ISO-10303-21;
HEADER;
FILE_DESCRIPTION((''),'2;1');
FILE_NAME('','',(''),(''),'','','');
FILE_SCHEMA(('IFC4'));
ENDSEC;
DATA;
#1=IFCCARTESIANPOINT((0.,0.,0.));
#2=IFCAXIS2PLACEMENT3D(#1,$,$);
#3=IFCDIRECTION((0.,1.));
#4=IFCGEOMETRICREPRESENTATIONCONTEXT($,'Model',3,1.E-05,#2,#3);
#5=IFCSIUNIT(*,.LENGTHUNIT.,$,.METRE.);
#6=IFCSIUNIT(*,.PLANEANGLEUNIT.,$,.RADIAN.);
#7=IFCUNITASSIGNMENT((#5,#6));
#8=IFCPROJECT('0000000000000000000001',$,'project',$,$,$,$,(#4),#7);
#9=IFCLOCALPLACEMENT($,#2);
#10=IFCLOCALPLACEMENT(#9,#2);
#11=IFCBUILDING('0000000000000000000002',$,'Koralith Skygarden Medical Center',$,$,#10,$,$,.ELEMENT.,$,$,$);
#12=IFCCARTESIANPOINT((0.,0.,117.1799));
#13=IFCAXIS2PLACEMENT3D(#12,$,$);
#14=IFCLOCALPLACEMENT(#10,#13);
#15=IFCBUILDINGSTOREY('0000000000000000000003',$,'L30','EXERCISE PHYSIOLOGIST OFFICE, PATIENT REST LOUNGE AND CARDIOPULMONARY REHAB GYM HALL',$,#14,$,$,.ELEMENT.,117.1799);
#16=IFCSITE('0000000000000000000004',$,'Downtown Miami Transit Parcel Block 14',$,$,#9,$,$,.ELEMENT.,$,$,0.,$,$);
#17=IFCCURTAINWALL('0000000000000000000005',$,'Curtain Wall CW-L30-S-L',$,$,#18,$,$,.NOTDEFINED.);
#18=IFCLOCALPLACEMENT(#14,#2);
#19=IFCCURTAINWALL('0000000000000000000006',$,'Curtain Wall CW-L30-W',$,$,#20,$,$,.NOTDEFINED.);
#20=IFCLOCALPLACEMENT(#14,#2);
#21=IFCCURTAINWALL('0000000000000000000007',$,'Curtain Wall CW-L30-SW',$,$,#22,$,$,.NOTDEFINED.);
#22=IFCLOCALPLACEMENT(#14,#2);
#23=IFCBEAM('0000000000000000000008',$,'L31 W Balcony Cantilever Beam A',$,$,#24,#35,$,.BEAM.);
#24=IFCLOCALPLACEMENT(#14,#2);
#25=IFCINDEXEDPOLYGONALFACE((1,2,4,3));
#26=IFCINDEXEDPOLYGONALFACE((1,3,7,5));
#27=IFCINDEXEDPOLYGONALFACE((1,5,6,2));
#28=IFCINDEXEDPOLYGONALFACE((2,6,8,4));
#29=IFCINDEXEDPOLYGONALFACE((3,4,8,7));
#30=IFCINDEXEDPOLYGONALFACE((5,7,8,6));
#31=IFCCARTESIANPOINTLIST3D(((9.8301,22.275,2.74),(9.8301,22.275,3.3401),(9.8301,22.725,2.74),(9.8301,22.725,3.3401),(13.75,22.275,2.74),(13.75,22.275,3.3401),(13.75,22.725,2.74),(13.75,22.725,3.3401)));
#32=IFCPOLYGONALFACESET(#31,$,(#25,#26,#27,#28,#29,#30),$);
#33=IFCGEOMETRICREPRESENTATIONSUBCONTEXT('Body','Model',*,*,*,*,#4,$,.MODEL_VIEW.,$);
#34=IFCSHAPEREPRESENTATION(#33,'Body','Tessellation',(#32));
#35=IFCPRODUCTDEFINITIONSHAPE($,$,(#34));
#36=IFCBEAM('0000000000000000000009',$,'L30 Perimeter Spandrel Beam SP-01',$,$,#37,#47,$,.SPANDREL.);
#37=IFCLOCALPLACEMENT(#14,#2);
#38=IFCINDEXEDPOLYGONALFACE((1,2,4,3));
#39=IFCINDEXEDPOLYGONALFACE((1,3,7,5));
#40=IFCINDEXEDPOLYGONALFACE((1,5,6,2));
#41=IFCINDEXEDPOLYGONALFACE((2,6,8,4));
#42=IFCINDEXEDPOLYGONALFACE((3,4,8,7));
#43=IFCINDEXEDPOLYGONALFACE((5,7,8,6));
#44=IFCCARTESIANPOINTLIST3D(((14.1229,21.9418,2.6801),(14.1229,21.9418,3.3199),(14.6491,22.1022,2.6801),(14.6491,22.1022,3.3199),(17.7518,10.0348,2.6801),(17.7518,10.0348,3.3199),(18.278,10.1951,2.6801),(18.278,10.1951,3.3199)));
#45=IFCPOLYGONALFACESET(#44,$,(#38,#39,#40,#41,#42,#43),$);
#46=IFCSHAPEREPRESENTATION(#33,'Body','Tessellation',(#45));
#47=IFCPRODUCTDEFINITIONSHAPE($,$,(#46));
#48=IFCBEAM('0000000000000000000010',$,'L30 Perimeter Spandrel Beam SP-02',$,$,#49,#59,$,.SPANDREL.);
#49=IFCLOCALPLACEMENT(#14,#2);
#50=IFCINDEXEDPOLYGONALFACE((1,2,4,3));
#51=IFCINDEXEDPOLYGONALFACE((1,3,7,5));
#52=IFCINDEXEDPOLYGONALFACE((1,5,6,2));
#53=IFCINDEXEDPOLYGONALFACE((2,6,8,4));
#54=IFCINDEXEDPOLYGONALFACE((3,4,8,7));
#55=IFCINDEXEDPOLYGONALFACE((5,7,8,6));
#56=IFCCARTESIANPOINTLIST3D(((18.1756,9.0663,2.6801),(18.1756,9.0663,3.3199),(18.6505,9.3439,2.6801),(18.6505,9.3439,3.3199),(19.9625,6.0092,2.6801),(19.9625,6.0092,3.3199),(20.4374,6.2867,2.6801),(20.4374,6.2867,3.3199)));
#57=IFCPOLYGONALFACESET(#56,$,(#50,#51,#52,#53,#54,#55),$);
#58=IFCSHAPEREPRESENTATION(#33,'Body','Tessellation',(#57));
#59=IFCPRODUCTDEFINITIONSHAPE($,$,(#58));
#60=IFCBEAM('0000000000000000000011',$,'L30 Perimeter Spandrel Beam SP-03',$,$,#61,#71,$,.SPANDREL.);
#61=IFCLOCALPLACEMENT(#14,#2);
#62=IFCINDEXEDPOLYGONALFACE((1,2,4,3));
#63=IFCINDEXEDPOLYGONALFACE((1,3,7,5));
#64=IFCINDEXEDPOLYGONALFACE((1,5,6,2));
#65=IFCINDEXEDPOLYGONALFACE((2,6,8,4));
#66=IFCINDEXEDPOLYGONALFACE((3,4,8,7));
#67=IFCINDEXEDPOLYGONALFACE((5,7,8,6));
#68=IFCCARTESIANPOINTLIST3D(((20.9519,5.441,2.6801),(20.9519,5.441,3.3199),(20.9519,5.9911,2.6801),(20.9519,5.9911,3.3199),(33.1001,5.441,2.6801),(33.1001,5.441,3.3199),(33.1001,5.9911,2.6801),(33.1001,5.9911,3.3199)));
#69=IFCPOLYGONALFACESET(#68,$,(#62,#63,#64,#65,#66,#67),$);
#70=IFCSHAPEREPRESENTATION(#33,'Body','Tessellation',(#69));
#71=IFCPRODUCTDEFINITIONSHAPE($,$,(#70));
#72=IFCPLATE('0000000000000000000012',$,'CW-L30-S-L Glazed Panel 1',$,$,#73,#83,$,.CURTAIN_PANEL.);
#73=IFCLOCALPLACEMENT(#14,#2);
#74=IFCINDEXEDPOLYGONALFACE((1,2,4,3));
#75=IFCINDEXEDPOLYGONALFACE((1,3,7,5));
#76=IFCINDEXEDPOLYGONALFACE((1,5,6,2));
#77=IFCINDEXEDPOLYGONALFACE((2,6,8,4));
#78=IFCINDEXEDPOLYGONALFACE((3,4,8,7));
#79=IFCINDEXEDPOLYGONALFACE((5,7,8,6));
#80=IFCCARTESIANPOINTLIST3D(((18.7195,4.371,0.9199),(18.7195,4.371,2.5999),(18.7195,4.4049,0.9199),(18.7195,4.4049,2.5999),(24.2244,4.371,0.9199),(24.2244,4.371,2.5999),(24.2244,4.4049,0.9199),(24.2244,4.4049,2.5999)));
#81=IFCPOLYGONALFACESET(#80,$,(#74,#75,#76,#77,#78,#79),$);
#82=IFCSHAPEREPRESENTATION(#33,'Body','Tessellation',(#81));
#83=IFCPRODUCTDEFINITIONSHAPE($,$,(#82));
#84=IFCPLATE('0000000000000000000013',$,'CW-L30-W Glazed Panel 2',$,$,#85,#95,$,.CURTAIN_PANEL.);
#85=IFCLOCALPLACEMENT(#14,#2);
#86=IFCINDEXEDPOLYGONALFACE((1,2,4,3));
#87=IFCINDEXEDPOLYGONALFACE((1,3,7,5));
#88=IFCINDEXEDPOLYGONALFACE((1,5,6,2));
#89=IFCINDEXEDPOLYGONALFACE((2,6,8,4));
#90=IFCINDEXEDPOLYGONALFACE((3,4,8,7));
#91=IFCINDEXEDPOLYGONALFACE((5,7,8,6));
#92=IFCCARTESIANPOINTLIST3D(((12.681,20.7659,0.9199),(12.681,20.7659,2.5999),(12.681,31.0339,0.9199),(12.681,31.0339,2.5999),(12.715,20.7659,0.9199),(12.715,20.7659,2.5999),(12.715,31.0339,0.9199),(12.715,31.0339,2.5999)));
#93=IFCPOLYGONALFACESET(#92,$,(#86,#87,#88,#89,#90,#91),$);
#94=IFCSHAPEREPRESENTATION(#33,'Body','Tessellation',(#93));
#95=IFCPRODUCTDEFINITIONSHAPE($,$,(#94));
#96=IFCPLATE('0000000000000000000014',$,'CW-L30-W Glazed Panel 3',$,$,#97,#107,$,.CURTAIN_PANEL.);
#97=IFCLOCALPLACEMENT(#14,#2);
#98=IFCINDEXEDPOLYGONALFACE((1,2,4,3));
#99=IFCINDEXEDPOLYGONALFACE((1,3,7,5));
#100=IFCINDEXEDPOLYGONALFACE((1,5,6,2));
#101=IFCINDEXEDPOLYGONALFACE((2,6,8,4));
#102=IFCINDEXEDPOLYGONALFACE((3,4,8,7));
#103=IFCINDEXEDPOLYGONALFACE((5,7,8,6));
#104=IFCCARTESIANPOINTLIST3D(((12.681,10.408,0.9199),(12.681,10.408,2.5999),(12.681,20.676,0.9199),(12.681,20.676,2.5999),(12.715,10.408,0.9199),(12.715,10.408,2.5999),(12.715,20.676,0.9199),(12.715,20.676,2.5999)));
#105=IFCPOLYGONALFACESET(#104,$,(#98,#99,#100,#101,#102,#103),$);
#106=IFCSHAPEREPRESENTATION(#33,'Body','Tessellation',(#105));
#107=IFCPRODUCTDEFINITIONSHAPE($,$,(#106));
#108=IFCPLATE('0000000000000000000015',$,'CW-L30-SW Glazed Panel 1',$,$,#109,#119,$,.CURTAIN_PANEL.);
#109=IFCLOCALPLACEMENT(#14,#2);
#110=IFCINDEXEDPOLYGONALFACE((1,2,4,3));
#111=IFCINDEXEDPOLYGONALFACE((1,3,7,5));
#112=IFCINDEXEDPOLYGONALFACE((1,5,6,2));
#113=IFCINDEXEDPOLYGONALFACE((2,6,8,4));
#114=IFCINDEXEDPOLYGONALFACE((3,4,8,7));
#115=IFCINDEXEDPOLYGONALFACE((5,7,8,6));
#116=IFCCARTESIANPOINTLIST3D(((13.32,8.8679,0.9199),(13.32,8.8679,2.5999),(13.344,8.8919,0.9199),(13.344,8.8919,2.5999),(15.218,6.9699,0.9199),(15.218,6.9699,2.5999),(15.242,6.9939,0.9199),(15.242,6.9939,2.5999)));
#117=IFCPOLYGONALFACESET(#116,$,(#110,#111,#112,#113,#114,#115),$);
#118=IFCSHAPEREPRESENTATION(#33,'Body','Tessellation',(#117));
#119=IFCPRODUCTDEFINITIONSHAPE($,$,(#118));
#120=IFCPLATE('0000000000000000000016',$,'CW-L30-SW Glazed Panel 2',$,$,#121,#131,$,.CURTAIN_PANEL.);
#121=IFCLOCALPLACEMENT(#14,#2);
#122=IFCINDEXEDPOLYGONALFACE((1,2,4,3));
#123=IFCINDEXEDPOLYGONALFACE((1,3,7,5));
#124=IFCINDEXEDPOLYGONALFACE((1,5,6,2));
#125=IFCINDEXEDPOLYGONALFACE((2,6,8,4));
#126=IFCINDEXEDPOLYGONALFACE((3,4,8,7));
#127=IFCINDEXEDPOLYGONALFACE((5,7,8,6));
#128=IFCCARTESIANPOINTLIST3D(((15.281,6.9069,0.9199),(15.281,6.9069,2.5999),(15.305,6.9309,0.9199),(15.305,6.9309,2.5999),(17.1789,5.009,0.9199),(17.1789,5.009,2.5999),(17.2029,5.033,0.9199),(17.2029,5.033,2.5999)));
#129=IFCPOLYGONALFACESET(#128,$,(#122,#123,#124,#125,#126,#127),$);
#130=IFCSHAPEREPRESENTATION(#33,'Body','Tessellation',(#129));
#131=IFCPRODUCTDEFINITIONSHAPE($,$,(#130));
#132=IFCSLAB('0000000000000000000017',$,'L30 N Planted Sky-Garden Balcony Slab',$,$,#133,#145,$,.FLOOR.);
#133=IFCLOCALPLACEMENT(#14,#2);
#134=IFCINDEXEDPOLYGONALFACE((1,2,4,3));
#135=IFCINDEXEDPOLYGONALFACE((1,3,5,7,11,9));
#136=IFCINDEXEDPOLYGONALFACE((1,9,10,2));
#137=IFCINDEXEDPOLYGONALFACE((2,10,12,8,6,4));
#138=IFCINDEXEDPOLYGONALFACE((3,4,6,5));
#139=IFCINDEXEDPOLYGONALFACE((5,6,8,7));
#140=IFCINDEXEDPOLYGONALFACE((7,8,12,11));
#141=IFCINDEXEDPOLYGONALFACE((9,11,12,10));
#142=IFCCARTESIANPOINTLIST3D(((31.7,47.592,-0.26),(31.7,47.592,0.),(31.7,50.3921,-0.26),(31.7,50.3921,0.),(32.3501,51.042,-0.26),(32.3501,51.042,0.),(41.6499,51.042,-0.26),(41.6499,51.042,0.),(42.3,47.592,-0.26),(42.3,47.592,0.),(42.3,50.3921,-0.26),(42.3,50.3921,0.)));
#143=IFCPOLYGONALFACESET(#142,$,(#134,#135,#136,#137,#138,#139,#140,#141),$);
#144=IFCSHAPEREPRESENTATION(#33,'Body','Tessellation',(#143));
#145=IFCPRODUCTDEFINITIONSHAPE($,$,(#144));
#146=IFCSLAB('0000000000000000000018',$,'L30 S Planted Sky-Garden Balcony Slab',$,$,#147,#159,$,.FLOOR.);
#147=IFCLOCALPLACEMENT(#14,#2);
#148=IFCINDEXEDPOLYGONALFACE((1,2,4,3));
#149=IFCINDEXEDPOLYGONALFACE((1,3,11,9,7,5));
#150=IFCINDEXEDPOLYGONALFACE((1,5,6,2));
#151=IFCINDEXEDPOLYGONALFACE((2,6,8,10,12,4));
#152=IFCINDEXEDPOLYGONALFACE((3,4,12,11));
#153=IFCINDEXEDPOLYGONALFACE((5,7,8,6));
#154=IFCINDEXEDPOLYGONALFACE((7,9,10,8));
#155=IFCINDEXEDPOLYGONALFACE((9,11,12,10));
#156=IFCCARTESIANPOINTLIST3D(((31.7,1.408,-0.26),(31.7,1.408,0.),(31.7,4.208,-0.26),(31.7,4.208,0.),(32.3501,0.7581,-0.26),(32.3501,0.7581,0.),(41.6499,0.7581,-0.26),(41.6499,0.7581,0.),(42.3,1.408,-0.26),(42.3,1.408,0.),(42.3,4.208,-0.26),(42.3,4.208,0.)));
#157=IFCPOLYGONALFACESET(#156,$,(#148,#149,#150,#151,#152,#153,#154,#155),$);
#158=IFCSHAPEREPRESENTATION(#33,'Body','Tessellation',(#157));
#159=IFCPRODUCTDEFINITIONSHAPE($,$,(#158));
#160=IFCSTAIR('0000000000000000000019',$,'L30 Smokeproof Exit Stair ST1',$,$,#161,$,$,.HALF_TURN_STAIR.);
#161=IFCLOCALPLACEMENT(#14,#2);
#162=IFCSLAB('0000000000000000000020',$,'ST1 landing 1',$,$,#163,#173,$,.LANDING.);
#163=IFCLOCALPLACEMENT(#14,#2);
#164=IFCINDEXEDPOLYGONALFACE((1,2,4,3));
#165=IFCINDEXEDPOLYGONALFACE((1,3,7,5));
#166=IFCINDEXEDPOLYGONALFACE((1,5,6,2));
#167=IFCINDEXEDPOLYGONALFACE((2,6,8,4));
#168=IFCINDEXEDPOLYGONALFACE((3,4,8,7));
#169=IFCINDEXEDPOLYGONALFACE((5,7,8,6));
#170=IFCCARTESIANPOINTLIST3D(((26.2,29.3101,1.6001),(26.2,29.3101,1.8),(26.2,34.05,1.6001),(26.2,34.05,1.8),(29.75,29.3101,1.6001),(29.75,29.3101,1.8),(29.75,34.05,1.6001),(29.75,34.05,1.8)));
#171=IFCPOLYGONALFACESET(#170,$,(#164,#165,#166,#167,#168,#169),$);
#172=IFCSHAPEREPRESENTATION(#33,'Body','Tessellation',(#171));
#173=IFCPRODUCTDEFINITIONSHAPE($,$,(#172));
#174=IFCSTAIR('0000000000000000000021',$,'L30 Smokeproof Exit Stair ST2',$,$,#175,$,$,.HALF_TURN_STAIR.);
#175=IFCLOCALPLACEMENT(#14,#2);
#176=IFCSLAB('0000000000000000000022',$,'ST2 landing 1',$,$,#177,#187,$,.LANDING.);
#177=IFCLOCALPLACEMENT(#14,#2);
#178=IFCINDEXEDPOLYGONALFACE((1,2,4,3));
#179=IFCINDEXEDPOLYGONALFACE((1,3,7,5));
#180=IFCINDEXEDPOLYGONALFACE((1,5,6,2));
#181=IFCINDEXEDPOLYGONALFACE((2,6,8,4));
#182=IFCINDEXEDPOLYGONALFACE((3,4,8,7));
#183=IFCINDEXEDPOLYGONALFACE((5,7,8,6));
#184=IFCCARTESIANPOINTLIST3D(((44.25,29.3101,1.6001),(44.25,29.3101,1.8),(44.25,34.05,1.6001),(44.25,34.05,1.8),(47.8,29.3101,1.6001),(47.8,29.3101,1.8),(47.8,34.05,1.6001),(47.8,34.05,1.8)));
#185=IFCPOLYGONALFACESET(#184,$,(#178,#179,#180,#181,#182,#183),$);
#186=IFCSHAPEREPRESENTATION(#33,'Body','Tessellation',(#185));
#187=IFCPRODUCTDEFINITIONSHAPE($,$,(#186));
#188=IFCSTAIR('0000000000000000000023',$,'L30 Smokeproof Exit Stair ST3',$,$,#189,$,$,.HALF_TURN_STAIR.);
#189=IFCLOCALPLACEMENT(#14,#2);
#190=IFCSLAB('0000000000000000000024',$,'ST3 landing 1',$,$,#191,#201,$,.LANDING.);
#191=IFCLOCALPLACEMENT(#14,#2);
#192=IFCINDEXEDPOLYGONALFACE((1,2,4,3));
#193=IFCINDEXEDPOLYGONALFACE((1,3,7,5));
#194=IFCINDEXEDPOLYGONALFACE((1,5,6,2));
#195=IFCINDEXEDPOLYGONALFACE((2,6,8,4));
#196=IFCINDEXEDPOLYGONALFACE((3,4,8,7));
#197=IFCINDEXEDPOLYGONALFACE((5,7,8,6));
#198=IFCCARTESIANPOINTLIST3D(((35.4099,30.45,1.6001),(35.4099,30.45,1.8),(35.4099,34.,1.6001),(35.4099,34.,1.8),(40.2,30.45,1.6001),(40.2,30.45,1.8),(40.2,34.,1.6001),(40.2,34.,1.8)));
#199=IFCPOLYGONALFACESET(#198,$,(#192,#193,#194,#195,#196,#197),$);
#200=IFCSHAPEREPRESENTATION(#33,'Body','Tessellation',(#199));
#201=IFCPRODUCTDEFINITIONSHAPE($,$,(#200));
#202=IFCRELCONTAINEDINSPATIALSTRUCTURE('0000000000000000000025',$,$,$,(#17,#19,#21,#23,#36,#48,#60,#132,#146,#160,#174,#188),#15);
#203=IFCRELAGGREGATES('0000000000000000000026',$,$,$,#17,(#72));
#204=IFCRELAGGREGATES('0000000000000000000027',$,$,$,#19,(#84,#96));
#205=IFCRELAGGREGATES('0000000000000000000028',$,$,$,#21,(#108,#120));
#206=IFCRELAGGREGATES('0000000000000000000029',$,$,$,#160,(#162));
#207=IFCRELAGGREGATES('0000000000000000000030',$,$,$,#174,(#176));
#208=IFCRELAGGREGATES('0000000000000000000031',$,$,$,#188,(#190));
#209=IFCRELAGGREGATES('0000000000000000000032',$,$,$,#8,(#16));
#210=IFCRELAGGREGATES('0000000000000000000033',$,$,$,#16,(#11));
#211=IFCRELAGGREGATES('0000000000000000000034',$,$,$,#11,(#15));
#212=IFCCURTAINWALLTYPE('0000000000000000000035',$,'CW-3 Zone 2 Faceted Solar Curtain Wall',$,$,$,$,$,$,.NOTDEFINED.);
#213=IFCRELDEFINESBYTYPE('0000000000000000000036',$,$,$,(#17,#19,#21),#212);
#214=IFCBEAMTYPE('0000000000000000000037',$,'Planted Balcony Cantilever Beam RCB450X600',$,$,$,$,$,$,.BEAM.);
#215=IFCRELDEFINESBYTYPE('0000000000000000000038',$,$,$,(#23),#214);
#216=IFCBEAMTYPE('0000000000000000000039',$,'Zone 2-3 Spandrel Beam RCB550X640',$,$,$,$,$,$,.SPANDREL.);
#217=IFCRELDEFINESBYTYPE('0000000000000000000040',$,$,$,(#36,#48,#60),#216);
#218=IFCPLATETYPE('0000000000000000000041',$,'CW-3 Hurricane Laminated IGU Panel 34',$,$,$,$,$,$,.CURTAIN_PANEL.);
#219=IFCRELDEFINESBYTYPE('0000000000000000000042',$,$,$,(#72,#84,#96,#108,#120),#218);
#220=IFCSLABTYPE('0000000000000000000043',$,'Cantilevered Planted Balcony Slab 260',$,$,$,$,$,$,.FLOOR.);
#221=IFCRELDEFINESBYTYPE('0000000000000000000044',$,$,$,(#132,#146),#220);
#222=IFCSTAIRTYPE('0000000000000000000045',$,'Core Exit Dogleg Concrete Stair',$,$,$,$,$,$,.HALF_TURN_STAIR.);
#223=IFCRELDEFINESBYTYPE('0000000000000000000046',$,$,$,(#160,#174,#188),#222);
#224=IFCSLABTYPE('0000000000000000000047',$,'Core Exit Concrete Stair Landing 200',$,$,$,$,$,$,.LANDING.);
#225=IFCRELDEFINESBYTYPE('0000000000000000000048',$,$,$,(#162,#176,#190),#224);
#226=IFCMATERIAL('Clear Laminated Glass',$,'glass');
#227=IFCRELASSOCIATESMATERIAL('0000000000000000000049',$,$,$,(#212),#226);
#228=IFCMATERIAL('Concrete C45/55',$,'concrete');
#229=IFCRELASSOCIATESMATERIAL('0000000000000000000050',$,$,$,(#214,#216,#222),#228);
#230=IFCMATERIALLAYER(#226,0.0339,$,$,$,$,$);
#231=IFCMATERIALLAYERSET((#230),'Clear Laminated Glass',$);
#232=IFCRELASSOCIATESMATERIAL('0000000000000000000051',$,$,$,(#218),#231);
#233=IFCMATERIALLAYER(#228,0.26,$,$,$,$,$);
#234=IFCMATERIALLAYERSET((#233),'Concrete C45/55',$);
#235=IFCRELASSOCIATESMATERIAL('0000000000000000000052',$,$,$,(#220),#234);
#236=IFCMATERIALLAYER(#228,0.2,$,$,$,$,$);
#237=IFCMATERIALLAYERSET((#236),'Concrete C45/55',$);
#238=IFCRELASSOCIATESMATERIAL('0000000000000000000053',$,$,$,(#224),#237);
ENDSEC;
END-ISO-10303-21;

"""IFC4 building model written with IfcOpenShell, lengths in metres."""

from ifc_helpers import new_model, si_unit, direction, frame, origin, origin_2d, place, context, subcontext, project, spatial, polyline, rectangle, outline, extrude, material, layer, layer_set, material_profile, profile_set, type_object, element, aggregate, save


model = new_model("IFC4")

# Units and contexts
model_context = context("Model", 3, precision=1e-05, world=origin(), true_north=direction((0.0, 1.0)))
body_context = subcontext(model_context, "Body", "Model", "MODEL_VIEW")
ifc_project = project(units=[si_unit("LENGTHUNIT", "METRE"), si_unit("PLANEANGLEUNIT", "RADIAN")], contexts=[model_context])

# Site, building, storey
site_placement = place(None, origin())
site = spatial("IfcSite", under=ifc_project, at=site_placement, Name="Downtown Miami Transit Parcel Block 14", CompositionType="ELEMENT", RefElevation=0.0)
building_placement = place(site_placement, origin())
building = spatial("IfcBuilding", under=site, at=building_placement, Name="Koralith Skygarden Medical Center", CompositionType="ELEMENT")
storey_placement = place(building_placement, frame((0.0, 0.0, 117.1799)))
storey = spatial("IfcBuildingStorey", under=building, at=storey_placement, Name="L30", Description="EXERCISE PHYSIOLOGIST OFFICE, PATIENT REST LOUNGE AND CARDIOPULMONARY REHAB GYM HALL", CompositionType="ELEMENT", Elevation=117.1799)

# Curtain wall
ifc_material_1 = material(Name="Clear Laminated Glass", Category="glass")
curtain_wall_type = type_object("IfcCurtainWallType", Name="CW-3 Zone 2 Faceted Solar Curtain Wall", PredefinedType="NOTDEFINED", material=ifc_material_1)
curtain_wall_1_placement = place(storey_placement, origin())
curtain_wall_1 = element("IfcCurtainWall", 1, at=curtain_wall_1_placement, inside=storey, type_object=curtain_wall_type, Name="Curtain Wall CW-L30-S-L", PredefinedType="NOTDEFINED")

# Curtain walls
curtain_wall_2_placement = place(storey_placement, origin())
curtain_wall_2 = element("IfcCurtainWall", 2, at=curtain_wall_2_placement, inside=storey, type_object=curtain_wall_type, Name="Curtain Wall CW-L30-W", PredefinedType="NOTDEFINED")
curtain_wall_3_placement = place(storey_placement, origin())
curtain_wall_3 = element("IfcCurtainWall", 3, at=curtain_wall_3_placement, inside=storey, type_object=curtain_wall_type, Name="Curtain Wall CW-L30-SW", PredefinedType="NOTDEFINED")

# Beams
ifc_material_2 = material(Name="Concrete C45/55", Category="concrete")
ifc_material_profile_1 = material_profile(ifc_material_2, rectangle(XDim=0.45, YDim=0.6001, at=origin_2d()), Name="RCB450X600")
ifc_profile_set_1 = profile_set([ifc_material_profile_1], Name="Concrete C45/55")
beam_type_1 = type_object("IfcBeamType", Name="Planted Balcony Cantilever Beam RCB450X600", PredefinedType="BEAM", material=ifc_profile_set_1)
beam_1_placement = place(storey_placement, frame((13.75, 22.5, 3.04), z_axis=(-1.0, 0.0, 0.0), x_axis=(0.0, -1.0, 0.0)))
element("IfcBeam", 4, at=beam_1_placement, inside=storey, type_object=beam_type_1, Name="L31 W Balcony Cantilever Beam A", PredefinedType="BEAM", context=body_context, shape_type="SweptSolid", body=[
    extrude(rectangle(XDim=0.45, YDim=0.6001, at=origin_2d()), origin(), (0.0, 0.0, 1.0), 3.9199),
])
ifc_material_profile_2 = material_profile(ifc_material_2, rectangle(XDim=0.55, YDim=0.6399, at=origin_2d()), Name="RCB550X640")
ifc_profile_set_2 = profile_set([ifc_material_profile_2], Name="Concrete C45/55")
beam_type_2 = type_object("IfcBeamType", Name="Zone 2-3 Spandrel Beam RCB550X640", PredefinedType="SPANDREL", material=ifc_profile_set_2)
beam_2_placement = place(storey_placement, frame((14.386, 22.022, 3.0), z_axis=(0.291532, -0.956561, 0.0), x_axis=(0.956561, 0.291532, 0.0)))
element("IfcBeam", 5, at=beam_2_placement, inside=storey, type_object=beam_type_2, Name="L30 Perimeter Spandrel Beam SP-01", PredefinedType="SPANDREL", context=body_context, shape_type="SweptSolid", body=[
    extrude(rectangle(XDim=0.55, YDim=0.6399, at=origin_2d()), origin(), (0.0, 0.0, 1.0), 12.4478),
])
beam_3_placement = place(storey_placement, frame((18.4131, 9.2051, 3.0), z_axis=(0.504617, -0.863343, 0.0), x_axis=(0.863343, 0.504617, 0.0)))
element("IfcBeam", 6, at=beam_3_placement, inside=storey, type_object=beam_type_2, Name="L30 Perimeter Spandrel Beam SP-02", PredefinedType="SPANDREL", context=body_context, shape_type="SweptSolid", body=[
    extrude(rectangle(XDim=0.55, YDim=0.6399, at=origin_2d()), origin(), (0.0, 0.0, 1.0), 3.541),
])
beam_4_placement = place(storey_placement, frame((20.9519, 5.7161, 3.0), z_axis=(1.0, 0.0, 0.0), x_axis=(0.0, 1.0, 0.0)))
element("IfcBeam", 7, at=beam_4_placement, inside=storey, type_object=beam_type_2, Name="L30 Perimeter Spandrel Beam SP-03", PredefinedType="SPANDREL", context=body_context, shape_type="SweptSolid", body=[
    extrude(rectangle(XDim=0.55, YDim=0.6399, at=origin_2d()), origin(), (0.0, 0.0, 1.0), 12.1482),
])

# Plates
ifc_layer_1 = layer(ifc_material_1, 0.0339)
ifc_layer_set_1 = layer_set([ifc_layer_1], Name="Clear Laminated Glass")
plate_type_1 = type_object("IfcPlateType", Name="CW-3 Hurricane Laminated IGU Panel 34", PredefinedType="CURTAIN_PANEL", material=ifc_layer_set_1)
plate_1_placement = place(storey_placement, frame((21.4719, 4.3879, 0.9199), z_axis=(0.0, 0.0, 1.0), x_axis=(1.0, 0.0, 0.0)))
plate_1 = element("IfcPlate", 8, at=plate_1_placement, type_object=plate_type_1, Name="CW-L30-S-L Glazed Panel 1", PredefinedType="CURTAIN_PANEL", context=body_context, shape_type="SweptSolid", body=[
    extrude(rectangle(XDim=5.5049, YDim=0.0339, at=origin_2d()), origin(), (0.0, 0.0, 1.0), 1.6799),
])
aggregate(curtain_wall_1, [plate_1])
plate_2_placement = place(storey_placement, frame((12.698, 25.8999, 0.9199), z_axis=(0.0, 0.0, 1.0), x_axis=(0.0, -1.0, 0.0)))
plate_2 = element("IfcPlate", 9, at=plate_2_placement, type_object=plate_type_1, Name="CW-L30-W Glazed Panel 2", PredefinedType="CURTAIN_PANEL", context=body_context, shape_type="SweptSolid", body=[
    extrude(rectangle(XDim=10.2681, YDim=0.0339, at=origin_2d()), origin(), (0.0, 0.0, 1.0), 1.6799),
])
plate_3_placement = place(storey_placement, frame((12.698, 15.542, 0.9199), z_axis=(0.0, 0.0, 1.0), x_axis=(0.0, -1.0, 0.0)))
plate_3 = element("IfcPlate", 10, at=plate_3_placement, type_object=plate_type_1, Name="CW-L30-W Glazed Panel 3", PredefinedType="CURTAIN_PANEL", context=body_context, shape_type="SweptSolid", body=[
    extrude(rectangle(XDim=10.2681, YDim=0.0339, at=origin_2d()), origin(), (0.0, 0.0, 1.0), 1.6799),
])
aggregate(curtain_wall_2, [plate_2, plate_3])
plate_4_placement = place(storey_placement, frame((14.281, 7.9309, 0.9199), z_axis=(0.0, 0.0, 1.0), x_axis=(0.707107, -0.707107, 0.0)))
plate_4 = element("IfcPlate", 11, at=plate_4_placement, type_object=plate_type_1, Name="CW-L30-SW Glazed Panel 1", PredefinedType="CURTAIN_PANEL", context=body_context, shape_type="SweptSolid", body=[
    extrude(rectangle(XDim=2.6841, YDim=0.0339, at=origin_2d()), origin(), (0.0, 0.0, 1.0), 1.6799),
])
plate_5_placement = place(storey_placement, frame((16.2419, 5.97, 0.9199), z_axis=(0.0, 0.0, 1.0), x_axis=(0.707107, -0.707107, 0.0)))
plate_5 = element("IfcPlate", 12, at=plate_5_placement, type_object=plate_type_1, Name="CW-L30-SW Glazed Panel 2", PredefinedType="CURTAIN_PANEL", context=body_context, shape_type="SweptSolid", body=[
    extrude(rectangle(XDim=2.6841, YDim=0.0339, at=origin_2d()), origin(), (0.0, 0.0, 1.0), 1.6799),
])
aggregate(curtain_wall_3, [plate_4, plate_5])

# Slabs
ifc_layer_2 = layer(ifc_material_2, 0.26)
ifc_layer_set_2 = layer_set([ifc_layer_2], Name="Concrete C45/55")
slab_type_1 = type_object("IfcSlabType", Name="Cantilevered Planted Balcony Slab 260", PredefinedType="FLOOR", material=ifc_layer_set_2)
slab_1_placement = place(storey_placement, frame((0.0, 0.0, -0.26)))
element("IfcSlab", 13, at=slab_1_placement, inside=storey, type_object=slab_type_1, Name="L30 N Planted Sky-Garden Balcony Slab", PredefinedType="FLOOR", context=body_context, shape_type="SweptSolid", body=[
    extrude(outline(polyline([(31.7, 47.592), (42.3, 47.592), (42.3, 50.3921), (41.6499, 51.042), (32.3501, 51.042), (31.7, 50.3921), (31.7, 47.592)])), origin(), (0.0, 0.0, 1.0), 0.26),
])
slab_2_placement = place(storey_placement, frame((0.0, 0.0, -0.26)))
element("IfcSlab", 14, at=slab_2_placement, inside=storey, type_object=slab_type_1, Name="L30 S Planted Sky-Garden Balcony Slab", PredefinedType="FLOOR", context=body_context, shape_type="SweptSolid", body=[
    extrude(outline(polyline([(32.3501, 0.7581), (41.6499, 0.7581), (42.3, 1.408), (42.3, 4.208), (31.7, 4.208), (31.7, 1.408), (32.3501, 0.7581)])), origin(), (0.0, 0.0, 1.0), 0.26),
])

# Stairs, slabs
stair_type = type_object("IfcStairType", Name="Core Exit Dogleg Concrete Stair", PredefinedType="HALF_TURN_STAIR", material=ifc_material_2)
stair_1_placement = place(storey_placement, origin())
stair_1 = element("IfcStair", 15, at=stair_1_placement, inside=storey, type_object=stair_type, Name="L30 Smokeproof Exit Stair ST1", PredefinedType="HALF_TURN_STAIR")
ifc_layer_3 = layer(ifc_material_2, 0.2)
ifc_layer_set_3 = layer_set([ifc_layer_3], Name="Concrete C45/55")
slab_type_2 = type_object("IfcSlabType", Name="Core Exit Concrete Stair Landing 200", PredefinedType="LANDING", material=ifc_layer_set_3)
slab_3_placement = place(storey_placement, frame((0.0, 0.0, 1.6001)))
slab_3 = element("IfcSlab", 16, at=slab_3_placement, type_object=slab_type_2, Name="ST1 landing 1", PredefinedType="LANDING", context=body_context, shape_type="SweptSolid", body=[
    extrude(outline(polyline([(29.75, 29.3101), (29.75, 34.05), (26.2, 34.05), (26.2, 29.3101), (29.75, 29.3101)])), origin(), (0.0, 0.0, 1.0), 0.2),
])
aggregate(stair_1, [slab_3])
stair_2_placement = place(storey_placement, origin())
stair_2 = element("IfcStair", 17, at=stair_2_placement, inside=storey, type_object=stair_type, Name="L30 Smokeproof Exit Stair ST2", PredefinedType="HALF_TURN_STAIR")
slab_4_placement = place(storey_placement, frame((0.0, 0.0, 1.6001)))
slab_4 = element("IfcSlab", 18, at=slab_4_placement, type_object=slab_type_2, Name="ST2 landing 1", PredefinedType="LANDING", context=body_context, shape_type="SweptSolid", body=[
    extrude(outline(polyline([(47.8, 29.3101), (47.8, 34.05), (44.25, 34.05), (44.25, 29.3101), (47.8, 29.3101)])), origin(), (0.0, 0.0, 1.0), 0.2),
])
aggregate(stair_2, [slab_4])
stair_3_placement = place(storey_placement, origin())
stair_3 = element("IfcStair", 19, at=stair_3_placement, inside=storey, type_object=stair_type, Name="L30 Smokeproof Exit Stair ST3", PredefinedType="HALF_TURN_STAIR")
slab_5_placement = place(storey_placement, frame((0.0, 0.0, 1.6001)))
slab_5 = element("IfcSlab", 20, at=slab_5_placement, type_object=slab_type_2, Name="ST3 landing 1", PredefinedType="LANDING", context=body_context, shape_type="SweptSolid", body=[
    extrude(outline(polyline([(35.4099, 30.45), (40.2, 30.45), (40.2, 34.0), (35.4099, 34.0), (35.4099, 30.45)])), origin(), (0.0, 0.0, 1.0), 0.2),
])
aggregate(stair_3, [slab_5])

save(model, "model.ifc")
